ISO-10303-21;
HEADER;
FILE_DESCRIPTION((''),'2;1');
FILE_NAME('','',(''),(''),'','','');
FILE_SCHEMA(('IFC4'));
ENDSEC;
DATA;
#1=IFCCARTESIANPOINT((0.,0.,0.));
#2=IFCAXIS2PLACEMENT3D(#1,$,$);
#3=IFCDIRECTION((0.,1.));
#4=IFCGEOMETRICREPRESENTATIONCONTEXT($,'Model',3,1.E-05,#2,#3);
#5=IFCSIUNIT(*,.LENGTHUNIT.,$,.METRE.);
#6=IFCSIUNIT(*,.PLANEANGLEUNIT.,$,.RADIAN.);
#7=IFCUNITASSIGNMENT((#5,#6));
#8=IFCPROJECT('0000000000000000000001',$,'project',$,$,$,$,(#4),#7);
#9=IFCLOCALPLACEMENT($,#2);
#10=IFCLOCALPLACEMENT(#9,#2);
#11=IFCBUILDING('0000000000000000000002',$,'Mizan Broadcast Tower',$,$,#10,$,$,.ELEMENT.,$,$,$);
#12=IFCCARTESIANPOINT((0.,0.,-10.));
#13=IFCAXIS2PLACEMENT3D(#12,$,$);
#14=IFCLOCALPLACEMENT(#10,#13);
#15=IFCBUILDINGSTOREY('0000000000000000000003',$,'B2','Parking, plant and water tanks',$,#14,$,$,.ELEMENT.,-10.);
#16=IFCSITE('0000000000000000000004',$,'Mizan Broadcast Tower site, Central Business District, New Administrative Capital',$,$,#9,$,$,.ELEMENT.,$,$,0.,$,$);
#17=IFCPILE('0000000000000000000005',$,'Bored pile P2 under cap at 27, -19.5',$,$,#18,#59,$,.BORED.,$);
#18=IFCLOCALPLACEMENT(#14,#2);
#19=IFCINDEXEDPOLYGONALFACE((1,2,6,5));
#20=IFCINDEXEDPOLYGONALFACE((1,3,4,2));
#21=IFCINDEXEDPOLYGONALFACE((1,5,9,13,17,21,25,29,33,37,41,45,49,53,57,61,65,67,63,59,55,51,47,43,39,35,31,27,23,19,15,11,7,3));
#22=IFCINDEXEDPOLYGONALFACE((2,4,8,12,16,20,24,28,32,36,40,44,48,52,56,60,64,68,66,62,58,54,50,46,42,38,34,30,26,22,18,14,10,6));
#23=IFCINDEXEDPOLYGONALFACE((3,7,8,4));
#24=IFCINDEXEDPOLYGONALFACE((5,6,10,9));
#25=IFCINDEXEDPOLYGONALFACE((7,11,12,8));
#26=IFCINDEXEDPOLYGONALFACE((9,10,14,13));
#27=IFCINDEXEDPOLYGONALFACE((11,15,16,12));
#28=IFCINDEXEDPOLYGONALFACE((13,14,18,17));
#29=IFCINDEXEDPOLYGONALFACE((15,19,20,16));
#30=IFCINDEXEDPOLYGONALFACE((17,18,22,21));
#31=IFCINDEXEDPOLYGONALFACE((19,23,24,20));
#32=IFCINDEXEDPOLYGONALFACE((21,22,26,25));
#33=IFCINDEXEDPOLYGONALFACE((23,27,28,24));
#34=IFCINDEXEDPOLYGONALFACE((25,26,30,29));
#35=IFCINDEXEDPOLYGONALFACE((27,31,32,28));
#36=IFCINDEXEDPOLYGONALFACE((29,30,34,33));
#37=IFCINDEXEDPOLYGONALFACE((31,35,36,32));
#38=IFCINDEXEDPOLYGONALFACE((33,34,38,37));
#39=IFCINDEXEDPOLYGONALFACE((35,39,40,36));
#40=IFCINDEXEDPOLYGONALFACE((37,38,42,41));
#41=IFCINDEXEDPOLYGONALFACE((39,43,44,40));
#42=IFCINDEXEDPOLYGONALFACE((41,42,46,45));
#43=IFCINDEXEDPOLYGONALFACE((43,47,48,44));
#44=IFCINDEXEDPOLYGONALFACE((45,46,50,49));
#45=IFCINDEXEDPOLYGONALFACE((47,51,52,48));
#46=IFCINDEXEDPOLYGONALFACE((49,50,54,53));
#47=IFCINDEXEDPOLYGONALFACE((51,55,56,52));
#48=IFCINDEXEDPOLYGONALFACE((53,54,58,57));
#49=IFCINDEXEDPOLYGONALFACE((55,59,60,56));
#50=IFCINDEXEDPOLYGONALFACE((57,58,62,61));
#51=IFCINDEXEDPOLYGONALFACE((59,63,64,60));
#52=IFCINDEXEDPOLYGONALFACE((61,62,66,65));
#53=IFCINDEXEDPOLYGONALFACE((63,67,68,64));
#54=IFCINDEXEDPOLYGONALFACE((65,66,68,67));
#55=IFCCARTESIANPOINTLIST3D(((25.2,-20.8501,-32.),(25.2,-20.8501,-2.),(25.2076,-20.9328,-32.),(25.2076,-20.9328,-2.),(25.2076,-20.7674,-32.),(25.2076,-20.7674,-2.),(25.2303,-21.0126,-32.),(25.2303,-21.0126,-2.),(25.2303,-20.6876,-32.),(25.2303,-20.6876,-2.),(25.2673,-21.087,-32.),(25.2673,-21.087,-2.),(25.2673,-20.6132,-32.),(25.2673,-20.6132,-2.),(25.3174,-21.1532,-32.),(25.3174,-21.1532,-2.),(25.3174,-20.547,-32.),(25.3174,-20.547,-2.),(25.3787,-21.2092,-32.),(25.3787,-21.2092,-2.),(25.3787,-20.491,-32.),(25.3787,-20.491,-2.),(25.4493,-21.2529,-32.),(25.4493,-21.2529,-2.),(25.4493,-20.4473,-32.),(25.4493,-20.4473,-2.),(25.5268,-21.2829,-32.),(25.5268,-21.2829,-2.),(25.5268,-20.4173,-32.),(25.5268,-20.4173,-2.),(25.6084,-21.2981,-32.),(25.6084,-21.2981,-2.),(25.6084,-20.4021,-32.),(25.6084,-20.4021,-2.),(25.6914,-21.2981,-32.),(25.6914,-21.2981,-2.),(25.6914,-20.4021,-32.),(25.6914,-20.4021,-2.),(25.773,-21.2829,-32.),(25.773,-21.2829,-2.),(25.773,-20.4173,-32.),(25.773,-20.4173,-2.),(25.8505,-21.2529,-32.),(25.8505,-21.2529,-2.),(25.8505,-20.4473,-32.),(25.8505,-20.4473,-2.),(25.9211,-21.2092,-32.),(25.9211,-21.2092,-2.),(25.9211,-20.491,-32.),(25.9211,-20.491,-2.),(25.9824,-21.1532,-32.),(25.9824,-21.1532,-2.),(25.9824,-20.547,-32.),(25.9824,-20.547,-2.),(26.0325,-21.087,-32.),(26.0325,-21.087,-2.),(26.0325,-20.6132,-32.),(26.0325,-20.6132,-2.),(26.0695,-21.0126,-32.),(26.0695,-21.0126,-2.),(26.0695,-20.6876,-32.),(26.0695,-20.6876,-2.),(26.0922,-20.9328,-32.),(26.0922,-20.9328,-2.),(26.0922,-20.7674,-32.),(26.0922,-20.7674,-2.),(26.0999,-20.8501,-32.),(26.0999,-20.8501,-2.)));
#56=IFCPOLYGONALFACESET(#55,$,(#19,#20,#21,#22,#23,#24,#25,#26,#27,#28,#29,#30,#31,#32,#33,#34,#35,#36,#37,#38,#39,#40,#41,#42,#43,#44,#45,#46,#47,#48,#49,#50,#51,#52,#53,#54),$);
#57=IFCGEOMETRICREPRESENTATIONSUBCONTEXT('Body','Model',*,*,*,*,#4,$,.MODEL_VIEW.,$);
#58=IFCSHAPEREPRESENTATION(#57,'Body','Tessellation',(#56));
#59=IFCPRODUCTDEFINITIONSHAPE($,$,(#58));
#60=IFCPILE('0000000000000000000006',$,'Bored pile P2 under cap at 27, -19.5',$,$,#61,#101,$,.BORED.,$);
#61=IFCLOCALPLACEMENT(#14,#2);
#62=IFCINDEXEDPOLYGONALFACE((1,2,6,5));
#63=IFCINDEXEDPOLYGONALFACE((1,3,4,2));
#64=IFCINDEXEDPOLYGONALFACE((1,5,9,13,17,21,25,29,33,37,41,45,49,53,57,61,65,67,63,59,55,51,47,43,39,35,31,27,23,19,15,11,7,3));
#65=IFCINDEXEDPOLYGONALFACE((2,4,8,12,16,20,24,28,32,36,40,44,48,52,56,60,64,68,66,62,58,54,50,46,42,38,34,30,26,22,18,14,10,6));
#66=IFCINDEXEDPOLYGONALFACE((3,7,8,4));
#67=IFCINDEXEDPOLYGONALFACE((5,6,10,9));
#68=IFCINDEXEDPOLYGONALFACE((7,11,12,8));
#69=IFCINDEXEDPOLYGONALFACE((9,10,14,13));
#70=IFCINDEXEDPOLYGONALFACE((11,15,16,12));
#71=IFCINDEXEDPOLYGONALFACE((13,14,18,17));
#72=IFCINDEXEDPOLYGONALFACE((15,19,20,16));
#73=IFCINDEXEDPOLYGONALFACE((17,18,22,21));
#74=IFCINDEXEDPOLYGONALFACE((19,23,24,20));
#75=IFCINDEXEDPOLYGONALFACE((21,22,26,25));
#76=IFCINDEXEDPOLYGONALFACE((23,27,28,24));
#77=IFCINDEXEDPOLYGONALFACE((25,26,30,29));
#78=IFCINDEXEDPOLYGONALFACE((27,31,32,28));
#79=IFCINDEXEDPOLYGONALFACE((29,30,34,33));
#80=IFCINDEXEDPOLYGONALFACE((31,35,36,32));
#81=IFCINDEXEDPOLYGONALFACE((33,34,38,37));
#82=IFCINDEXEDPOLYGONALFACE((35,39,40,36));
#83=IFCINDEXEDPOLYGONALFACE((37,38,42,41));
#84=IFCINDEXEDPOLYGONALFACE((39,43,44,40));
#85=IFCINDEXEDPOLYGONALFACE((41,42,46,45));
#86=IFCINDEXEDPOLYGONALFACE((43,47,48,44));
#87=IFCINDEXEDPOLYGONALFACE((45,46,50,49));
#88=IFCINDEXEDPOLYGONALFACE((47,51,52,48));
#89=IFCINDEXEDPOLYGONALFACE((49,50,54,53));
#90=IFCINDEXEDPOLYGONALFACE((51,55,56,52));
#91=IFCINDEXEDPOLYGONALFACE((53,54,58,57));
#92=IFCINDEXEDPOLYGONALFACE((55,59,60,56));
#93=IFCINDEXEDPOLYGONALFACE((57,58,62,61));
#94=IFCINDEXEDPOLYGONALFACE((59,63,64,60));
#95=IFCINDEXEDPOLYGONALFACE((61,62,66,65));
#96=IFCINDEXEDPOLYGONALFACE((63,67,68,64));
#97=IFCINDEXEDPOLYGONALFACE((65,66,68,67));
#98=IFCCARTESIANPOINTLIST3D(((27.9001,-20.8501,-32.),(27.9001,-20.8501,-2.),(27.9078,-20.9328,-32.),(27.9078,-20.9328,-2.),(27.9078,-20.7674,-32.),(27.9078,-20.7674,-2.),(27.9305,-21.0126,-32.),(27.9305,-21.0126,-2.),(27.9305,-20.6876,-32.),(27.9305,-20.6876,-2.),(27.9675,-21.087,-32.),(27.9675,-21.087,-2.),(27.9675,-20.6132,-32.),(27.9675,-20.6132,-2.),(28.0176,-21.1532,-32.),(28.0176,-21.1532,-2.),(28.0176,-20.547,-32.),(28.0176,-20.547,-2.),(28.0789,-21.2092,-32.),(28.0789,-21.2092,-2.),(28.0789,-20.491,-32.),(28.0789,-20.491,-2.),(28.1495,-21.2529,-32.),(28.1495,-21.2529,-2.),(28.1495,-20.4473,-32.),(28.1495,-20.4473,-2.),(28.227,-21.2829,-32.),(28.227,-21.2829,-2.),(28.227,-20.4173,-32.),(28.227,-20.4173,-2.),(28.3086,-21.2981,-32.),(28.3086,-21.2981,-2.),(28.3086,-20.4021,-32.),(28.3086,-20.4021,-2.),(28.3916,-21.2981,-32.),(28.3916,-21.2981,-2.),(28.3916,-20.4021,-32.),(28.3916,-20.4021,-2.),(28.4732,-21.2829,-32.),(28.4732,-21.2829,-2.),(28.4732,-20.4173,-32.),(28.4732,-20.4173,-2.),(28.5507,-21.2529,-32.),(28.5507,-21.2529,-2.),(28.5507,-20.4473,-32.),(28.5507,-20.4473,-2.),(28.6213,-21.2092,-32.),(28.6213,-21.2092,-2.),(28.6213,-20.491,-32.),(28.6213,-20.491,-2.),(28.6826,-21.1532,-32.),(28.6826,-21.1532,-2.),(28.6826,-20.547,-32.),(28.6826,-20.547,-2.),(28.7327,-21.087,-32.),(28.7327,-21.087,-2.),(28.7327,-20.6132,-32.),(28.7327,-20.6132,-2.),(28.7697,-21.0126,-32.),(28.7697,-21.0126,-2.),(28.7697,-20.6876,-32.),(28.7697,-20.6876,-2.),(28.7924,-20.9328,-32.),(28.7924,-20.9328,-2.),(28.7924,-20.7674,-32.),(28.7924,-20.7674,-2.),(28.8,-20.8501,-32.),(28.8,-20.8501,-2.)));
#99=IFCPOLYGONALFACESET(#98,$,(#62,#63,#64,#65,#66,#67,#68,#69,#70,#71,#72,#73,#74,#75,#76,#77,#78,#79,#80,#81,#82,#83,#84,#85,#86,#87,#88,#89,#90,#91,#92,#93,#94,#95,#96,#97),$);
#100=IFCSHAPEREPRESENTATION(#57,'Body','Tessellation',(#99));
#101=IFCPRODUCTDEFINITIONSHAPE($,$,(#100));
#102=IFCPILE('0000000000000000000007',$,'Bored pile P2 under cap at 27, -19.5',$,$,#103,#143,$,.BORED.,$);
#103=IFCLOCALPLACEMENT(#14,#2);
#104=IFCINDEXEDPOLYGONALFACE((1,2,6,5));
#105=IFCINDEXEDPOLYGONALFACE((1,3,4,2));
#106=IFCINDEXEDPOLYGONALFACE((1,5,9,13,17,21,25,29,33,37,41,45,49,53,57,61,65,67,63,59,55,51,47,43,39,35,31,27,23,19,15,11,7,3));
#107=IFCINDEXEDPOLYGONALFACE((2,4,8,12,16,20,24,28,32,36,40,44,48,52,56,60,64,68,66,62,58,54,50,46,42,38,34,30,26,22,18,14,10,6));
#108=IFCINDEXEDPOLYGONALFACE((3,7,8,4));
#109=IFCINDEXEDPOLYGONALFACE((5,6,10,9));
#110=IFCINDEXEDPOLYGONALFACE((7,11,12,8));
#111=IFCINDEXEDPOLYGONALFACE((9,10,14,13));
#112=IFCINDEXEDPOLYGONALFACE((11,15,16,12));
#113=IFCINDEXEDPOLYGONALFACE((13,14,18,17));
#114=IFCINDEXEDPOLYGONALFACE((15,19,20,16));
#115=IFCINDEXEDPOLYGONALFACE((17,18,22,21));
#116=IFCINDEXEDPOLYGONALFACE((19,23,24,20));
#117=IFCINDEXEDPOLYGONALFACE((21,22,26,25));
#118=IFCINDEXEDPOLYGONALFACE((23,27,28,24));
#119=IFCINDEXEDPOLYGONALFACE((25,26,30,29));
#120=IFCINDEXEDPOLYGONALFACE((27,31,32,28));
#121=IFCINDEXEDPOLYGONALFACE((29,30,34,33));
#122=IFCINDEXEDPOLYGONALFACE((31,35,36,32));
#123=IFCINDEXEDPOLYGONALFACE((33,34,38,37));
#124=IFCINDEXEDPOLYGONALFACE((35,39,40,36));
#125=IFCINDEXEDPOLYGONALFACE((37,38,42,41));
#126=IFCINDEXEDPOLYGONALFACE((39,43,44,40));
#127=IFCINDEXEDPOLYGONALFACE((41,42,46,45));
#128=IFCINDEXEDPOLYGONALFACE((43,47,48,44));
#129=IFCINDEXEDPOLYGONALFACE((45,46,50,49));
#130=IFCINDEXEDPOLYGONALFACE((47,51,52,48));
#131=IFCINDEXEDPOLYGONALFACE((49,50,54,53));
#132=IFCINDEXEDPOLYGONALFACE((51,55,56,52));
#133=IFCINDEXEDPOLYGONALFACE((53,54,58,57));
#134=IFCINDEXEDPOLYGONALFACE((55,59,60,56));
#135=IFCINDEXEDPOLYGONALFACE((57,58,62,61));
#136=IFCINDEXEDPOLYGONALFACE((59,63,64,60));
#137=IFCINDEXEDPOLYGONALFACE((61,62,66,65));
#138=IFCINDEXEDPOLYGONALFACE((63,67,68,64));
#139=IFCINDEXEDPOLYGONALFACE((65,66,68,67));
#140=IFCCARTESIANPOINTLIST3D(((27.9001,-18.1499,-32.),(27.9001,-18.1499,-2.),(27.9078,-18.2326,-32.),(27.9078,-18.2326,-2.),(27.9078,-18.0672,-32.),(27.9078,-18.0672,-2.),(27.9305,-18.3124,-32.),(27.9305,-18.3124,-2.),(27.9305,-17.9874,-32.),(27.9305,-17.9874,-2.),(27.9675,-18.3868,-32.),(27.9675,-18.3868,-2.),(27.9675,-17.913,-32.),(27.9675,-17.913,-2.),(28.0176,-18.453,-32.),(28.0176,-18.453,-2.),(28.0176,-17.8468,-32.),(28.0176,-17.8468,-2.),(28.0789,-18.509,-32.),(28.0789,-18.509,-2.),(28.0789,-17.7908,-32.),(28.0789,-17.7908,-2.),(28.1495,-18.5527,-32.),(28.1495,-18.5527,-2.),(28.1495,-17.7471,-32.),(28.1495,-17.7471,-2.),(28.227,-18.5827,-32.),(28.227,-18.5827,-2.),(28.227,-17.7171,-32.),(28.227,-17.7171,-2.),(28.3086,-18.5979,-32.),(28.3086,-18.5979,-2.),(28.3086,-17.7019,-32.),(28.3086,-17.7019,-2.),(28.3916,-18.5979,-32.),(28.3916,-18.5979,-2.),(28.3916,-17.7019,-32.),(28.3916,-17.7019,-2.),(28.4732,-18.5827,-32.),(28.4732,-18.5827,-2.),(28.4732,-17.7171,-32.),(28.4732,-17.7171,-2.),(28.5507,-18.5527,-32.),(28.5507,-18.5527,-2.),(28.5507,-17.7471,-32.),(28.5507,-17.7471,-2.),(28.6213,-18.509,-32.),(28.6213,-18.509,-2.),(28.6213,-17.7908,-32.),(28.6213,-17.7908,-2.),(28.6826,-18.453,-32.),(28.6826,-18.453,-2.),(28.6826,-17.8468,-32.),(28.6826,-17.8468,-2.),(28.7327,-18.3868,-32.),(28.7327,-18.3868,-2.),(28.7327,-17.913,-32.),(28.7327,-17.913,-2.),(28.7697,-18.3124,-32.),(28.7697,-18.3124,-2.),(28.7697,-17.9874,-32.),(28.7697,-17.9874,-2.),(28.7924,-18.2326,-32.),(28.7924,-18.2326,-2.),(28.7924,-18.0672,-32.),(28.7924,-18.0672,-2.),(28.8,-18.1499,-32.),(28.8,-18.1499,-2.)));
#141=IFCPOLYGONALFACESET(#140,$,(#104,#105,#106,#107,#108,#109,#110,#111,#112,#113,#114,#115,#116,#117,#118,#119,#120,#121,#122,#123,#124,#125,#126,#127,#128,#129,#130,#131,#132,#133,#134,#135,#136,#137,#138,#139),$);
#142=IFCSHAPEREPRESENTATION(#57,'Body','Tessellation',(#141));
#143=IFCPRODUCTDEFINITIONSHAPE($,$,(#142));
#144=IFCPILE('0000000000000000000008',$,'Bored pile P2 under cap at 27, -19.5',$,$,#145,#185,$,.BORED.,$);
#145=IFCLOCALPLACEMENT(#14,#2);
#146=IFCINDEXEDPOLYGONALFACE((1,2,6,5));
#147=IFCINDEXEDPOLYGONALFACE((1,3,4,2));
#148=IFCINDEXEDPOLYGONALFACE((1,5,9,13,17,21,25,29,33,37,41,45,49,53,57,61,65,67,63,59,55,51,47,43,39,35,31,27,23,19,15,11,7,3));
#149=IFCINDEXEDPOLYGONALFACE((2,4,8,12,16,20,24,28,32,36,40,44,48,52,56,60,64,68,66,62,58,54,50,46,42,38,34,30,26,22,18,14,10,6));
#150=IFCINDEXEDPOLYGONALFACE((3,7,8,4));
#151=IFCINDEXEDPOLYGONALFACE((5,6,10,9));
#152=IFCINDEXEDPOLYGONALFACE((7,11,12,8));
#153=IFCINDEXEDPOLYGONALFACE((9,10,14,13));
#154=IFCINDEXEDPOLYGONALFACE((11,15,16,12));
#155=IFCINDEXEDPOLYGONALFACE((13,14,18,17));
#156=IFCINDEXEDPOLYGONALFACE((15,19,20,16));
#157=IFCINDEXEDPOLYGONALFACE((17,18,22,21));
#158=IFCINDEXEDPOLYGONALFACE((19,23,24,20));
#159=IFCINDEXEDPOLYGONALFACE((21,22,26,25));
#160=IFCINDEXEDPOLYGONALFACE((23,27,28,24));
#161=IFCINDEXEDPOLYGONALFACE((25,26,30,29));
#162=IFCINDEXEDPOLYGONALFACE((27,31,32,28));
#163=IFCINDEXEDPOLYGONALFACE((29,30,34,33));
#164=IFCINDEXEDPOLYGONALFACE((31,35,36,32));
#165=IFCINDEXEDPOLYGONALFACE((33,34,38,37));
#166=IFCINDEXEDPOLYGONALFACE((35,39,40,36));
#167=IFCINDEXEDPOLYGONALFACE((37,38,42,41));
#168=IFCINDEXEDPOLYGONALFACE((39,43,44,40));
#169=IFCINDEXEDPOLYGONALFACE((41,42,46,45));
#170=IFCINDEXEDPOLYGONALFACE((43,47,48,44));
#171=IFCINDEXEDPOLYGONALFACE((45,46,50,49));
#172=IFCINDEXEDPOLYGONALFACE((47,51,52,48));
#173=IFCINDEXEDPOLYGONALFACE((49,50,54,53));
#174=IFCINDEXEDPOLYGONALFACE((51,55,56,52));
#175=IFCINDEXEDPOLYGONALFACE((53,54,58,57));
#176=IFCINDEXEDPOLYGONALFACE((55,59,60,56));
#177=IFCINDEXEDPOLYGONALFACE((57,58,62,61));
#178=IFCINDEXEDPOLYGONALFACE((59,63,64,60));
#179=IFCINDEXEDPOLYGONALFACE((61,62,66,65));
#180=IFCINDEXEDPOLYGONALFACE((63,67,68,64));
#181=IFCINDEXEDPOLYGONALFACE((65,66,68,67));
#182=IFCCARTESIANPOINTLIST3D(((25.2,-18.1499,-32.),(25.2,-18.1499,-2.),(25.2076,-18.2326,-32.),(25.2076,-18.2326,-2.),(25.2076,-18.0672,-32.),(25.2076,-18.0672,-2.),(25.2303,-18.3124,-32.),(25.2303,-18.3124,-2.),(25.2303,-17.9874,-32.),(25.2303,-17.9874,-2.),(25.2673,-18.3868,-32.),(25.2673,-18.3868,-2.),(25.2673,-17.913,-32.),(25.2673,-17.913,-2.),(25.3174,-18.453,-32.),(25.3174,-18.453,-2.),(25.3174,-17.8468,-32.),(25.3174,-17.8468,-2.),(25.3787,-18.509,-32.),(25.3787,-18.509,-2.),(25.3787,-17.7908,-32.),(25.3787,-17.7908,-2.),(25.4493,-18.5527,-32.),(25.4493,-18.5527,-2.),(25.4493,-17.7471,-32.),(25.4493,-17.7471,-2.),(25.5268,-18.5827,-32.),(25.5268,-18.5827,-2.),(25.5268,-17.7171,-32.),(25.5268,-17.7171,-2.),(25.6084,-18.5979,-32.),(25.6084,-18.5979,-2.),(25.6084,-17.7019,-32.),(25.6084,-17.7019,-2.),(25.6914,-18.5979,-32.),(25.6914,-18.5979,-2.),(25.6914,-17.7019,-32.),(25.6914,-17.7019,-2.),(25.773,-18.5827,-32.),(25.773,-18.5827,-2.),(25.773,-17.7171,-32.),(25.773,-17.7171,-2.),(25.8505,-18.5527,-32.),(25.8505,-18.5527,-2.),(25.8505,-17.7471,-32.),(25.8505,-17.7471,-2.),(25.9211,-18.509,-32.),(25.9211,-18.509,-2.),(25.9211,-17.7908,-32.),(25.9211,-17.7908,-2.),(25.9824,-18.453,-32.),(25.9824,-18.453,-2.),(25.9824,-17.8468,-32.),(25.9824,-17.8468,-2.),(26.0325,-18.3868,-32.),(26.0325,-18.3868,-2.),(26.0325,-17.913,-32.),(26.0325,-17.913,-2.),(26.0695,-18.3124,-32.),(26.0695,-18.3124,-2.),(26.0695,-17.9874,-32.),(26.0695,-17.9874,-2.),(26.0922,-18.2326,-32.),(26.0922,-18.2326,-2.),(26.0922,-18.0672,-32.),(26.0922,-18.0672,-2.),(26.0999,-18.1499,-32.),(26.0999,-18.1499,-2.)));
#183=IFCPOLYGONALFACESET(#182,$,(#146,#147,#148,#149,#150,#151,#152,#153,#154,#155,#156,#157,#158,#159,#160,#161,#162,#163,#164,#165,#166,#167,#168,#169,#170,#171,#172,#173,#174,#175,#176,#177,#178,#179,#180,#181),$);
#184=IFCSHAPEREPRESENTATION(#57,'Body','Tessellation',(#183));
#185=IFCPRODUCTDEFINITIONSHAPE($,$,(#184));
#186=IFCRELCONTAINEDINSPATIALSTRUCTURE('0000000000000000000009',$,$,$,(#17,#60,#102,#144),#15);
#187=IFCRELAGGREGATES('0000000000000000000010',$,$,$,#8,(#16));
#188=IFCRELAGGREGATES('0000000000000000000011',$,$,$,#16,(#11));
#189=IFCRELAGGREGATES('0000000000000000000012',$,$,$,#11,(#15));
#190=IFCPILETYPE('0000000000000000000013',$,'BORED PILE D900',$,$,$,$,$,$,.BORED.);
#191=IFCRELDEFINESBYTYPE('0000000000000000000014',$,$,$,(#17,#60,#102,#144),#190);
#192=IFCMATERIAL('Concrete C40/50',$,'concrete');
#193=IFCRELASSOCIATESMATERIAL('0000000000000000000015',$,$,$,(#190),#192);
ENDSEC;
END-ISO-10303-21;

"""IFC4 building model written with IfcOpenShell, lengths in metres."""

from ifc_helpers import new_model, si_unit, direction, frame, origin, origin_2d, place, context, subcontext, project, spatial, circle, extrude, material, material_profile, profile_set, type_object, element, save


model = new_model("IFC4")

# Units and contexts
model_context = context("Model", 3, precision=1e-05, world=origin(), true_north=direction((0.0, 1.0)))
body_context = subcontext(model_context, "Body", "Model", "MODEL_VIEW")
ifc_project = project(units=[si_unit("LENGTHUNIT", "METRE"), si_unit("PLANEANGLEUNIT", "RADIAN")], contexts=[model_context])

# Site, building, storey
site_placement = place(None, origin())
site = spatial("IfcSite", under=ifc_project, at=site_placement, Name="Mizan Broadcast Tower site, Central Business District, New Administrative Capital", CompositionType="ELEMENT", RefElevation=0.0)
building_placement = place(site_placement, origin())
building = spatial("IfcBuilding", under=site, at=building_placement, Name="Mizan Broadcast Tower", CompositionType="ELEMENT")
storey_placement = place(building_placement, frame((0.0, 0.0, -10.0)))
storey = spatial("IfcBuildingStorey", under=building, at=storey_placement, Name="B2", Description="Parking, plant and water tanks", CompositionType="ELEMENT", Elevation=-10.0)

# Piles
ifc_material_1 = material(Name="Concrete C40/50", Category="concrete")
ifc_material_profile_1 = material_profile(ifc_material_1, circle(Radius=0.45, at=origin_2d()), Name="D900")
ifc_profile_set_1 = profile_set([ifc_material_profile_1], Name="Concrete C40/50")
pile_type = type_object("IfcPileType", Name="BORED PILE D900", PredefinedType="BORED", material=ifc_profile_set_1)
for number, where, z_axis, x_axis, name in (
    (1, (25.6499, -20.8501, -2.0), (0.0, 0.0, -1.0), (1.0, 0.0, 0.0), "Bored pile P2 under cap at 27, -19.5"),
    (2, (28.3501, -20.8501, -2.0), (0.0, 0.0, -1.0), (1.0, 0.0, 0.0), "Bored pile P2 under cap at 27, -19.5"),
    (3, (28.3501, -18.1499, -2.0), (0.0, 0.0, -1.0), (1.0, 0.0, 0.0), "Bored pile P2 under cap at 27, -19.5"),
    (4, (25.6499, -18.1499, -2.0), (0.0, 0.0, -1.0), (1.0, 0.0, 0.0), "Bored pile P2 under cap at 27, -19.5"),
):
    element("IfcPile", number, at=place(storey_placement, frame(where, z_axis=z_axis, x_axis=x_axis)), inside=storey, type_object=pile_type, Name=name, PredefinedType="BORED", context=body_context, shape_type="SweptSolid", body=[
        extrude(circle(Radius=0.45, at=origin_2d()), origin(), (0.0, 0.0, 1.0), 30.0),
    ])

save(model, "model.ifc")
